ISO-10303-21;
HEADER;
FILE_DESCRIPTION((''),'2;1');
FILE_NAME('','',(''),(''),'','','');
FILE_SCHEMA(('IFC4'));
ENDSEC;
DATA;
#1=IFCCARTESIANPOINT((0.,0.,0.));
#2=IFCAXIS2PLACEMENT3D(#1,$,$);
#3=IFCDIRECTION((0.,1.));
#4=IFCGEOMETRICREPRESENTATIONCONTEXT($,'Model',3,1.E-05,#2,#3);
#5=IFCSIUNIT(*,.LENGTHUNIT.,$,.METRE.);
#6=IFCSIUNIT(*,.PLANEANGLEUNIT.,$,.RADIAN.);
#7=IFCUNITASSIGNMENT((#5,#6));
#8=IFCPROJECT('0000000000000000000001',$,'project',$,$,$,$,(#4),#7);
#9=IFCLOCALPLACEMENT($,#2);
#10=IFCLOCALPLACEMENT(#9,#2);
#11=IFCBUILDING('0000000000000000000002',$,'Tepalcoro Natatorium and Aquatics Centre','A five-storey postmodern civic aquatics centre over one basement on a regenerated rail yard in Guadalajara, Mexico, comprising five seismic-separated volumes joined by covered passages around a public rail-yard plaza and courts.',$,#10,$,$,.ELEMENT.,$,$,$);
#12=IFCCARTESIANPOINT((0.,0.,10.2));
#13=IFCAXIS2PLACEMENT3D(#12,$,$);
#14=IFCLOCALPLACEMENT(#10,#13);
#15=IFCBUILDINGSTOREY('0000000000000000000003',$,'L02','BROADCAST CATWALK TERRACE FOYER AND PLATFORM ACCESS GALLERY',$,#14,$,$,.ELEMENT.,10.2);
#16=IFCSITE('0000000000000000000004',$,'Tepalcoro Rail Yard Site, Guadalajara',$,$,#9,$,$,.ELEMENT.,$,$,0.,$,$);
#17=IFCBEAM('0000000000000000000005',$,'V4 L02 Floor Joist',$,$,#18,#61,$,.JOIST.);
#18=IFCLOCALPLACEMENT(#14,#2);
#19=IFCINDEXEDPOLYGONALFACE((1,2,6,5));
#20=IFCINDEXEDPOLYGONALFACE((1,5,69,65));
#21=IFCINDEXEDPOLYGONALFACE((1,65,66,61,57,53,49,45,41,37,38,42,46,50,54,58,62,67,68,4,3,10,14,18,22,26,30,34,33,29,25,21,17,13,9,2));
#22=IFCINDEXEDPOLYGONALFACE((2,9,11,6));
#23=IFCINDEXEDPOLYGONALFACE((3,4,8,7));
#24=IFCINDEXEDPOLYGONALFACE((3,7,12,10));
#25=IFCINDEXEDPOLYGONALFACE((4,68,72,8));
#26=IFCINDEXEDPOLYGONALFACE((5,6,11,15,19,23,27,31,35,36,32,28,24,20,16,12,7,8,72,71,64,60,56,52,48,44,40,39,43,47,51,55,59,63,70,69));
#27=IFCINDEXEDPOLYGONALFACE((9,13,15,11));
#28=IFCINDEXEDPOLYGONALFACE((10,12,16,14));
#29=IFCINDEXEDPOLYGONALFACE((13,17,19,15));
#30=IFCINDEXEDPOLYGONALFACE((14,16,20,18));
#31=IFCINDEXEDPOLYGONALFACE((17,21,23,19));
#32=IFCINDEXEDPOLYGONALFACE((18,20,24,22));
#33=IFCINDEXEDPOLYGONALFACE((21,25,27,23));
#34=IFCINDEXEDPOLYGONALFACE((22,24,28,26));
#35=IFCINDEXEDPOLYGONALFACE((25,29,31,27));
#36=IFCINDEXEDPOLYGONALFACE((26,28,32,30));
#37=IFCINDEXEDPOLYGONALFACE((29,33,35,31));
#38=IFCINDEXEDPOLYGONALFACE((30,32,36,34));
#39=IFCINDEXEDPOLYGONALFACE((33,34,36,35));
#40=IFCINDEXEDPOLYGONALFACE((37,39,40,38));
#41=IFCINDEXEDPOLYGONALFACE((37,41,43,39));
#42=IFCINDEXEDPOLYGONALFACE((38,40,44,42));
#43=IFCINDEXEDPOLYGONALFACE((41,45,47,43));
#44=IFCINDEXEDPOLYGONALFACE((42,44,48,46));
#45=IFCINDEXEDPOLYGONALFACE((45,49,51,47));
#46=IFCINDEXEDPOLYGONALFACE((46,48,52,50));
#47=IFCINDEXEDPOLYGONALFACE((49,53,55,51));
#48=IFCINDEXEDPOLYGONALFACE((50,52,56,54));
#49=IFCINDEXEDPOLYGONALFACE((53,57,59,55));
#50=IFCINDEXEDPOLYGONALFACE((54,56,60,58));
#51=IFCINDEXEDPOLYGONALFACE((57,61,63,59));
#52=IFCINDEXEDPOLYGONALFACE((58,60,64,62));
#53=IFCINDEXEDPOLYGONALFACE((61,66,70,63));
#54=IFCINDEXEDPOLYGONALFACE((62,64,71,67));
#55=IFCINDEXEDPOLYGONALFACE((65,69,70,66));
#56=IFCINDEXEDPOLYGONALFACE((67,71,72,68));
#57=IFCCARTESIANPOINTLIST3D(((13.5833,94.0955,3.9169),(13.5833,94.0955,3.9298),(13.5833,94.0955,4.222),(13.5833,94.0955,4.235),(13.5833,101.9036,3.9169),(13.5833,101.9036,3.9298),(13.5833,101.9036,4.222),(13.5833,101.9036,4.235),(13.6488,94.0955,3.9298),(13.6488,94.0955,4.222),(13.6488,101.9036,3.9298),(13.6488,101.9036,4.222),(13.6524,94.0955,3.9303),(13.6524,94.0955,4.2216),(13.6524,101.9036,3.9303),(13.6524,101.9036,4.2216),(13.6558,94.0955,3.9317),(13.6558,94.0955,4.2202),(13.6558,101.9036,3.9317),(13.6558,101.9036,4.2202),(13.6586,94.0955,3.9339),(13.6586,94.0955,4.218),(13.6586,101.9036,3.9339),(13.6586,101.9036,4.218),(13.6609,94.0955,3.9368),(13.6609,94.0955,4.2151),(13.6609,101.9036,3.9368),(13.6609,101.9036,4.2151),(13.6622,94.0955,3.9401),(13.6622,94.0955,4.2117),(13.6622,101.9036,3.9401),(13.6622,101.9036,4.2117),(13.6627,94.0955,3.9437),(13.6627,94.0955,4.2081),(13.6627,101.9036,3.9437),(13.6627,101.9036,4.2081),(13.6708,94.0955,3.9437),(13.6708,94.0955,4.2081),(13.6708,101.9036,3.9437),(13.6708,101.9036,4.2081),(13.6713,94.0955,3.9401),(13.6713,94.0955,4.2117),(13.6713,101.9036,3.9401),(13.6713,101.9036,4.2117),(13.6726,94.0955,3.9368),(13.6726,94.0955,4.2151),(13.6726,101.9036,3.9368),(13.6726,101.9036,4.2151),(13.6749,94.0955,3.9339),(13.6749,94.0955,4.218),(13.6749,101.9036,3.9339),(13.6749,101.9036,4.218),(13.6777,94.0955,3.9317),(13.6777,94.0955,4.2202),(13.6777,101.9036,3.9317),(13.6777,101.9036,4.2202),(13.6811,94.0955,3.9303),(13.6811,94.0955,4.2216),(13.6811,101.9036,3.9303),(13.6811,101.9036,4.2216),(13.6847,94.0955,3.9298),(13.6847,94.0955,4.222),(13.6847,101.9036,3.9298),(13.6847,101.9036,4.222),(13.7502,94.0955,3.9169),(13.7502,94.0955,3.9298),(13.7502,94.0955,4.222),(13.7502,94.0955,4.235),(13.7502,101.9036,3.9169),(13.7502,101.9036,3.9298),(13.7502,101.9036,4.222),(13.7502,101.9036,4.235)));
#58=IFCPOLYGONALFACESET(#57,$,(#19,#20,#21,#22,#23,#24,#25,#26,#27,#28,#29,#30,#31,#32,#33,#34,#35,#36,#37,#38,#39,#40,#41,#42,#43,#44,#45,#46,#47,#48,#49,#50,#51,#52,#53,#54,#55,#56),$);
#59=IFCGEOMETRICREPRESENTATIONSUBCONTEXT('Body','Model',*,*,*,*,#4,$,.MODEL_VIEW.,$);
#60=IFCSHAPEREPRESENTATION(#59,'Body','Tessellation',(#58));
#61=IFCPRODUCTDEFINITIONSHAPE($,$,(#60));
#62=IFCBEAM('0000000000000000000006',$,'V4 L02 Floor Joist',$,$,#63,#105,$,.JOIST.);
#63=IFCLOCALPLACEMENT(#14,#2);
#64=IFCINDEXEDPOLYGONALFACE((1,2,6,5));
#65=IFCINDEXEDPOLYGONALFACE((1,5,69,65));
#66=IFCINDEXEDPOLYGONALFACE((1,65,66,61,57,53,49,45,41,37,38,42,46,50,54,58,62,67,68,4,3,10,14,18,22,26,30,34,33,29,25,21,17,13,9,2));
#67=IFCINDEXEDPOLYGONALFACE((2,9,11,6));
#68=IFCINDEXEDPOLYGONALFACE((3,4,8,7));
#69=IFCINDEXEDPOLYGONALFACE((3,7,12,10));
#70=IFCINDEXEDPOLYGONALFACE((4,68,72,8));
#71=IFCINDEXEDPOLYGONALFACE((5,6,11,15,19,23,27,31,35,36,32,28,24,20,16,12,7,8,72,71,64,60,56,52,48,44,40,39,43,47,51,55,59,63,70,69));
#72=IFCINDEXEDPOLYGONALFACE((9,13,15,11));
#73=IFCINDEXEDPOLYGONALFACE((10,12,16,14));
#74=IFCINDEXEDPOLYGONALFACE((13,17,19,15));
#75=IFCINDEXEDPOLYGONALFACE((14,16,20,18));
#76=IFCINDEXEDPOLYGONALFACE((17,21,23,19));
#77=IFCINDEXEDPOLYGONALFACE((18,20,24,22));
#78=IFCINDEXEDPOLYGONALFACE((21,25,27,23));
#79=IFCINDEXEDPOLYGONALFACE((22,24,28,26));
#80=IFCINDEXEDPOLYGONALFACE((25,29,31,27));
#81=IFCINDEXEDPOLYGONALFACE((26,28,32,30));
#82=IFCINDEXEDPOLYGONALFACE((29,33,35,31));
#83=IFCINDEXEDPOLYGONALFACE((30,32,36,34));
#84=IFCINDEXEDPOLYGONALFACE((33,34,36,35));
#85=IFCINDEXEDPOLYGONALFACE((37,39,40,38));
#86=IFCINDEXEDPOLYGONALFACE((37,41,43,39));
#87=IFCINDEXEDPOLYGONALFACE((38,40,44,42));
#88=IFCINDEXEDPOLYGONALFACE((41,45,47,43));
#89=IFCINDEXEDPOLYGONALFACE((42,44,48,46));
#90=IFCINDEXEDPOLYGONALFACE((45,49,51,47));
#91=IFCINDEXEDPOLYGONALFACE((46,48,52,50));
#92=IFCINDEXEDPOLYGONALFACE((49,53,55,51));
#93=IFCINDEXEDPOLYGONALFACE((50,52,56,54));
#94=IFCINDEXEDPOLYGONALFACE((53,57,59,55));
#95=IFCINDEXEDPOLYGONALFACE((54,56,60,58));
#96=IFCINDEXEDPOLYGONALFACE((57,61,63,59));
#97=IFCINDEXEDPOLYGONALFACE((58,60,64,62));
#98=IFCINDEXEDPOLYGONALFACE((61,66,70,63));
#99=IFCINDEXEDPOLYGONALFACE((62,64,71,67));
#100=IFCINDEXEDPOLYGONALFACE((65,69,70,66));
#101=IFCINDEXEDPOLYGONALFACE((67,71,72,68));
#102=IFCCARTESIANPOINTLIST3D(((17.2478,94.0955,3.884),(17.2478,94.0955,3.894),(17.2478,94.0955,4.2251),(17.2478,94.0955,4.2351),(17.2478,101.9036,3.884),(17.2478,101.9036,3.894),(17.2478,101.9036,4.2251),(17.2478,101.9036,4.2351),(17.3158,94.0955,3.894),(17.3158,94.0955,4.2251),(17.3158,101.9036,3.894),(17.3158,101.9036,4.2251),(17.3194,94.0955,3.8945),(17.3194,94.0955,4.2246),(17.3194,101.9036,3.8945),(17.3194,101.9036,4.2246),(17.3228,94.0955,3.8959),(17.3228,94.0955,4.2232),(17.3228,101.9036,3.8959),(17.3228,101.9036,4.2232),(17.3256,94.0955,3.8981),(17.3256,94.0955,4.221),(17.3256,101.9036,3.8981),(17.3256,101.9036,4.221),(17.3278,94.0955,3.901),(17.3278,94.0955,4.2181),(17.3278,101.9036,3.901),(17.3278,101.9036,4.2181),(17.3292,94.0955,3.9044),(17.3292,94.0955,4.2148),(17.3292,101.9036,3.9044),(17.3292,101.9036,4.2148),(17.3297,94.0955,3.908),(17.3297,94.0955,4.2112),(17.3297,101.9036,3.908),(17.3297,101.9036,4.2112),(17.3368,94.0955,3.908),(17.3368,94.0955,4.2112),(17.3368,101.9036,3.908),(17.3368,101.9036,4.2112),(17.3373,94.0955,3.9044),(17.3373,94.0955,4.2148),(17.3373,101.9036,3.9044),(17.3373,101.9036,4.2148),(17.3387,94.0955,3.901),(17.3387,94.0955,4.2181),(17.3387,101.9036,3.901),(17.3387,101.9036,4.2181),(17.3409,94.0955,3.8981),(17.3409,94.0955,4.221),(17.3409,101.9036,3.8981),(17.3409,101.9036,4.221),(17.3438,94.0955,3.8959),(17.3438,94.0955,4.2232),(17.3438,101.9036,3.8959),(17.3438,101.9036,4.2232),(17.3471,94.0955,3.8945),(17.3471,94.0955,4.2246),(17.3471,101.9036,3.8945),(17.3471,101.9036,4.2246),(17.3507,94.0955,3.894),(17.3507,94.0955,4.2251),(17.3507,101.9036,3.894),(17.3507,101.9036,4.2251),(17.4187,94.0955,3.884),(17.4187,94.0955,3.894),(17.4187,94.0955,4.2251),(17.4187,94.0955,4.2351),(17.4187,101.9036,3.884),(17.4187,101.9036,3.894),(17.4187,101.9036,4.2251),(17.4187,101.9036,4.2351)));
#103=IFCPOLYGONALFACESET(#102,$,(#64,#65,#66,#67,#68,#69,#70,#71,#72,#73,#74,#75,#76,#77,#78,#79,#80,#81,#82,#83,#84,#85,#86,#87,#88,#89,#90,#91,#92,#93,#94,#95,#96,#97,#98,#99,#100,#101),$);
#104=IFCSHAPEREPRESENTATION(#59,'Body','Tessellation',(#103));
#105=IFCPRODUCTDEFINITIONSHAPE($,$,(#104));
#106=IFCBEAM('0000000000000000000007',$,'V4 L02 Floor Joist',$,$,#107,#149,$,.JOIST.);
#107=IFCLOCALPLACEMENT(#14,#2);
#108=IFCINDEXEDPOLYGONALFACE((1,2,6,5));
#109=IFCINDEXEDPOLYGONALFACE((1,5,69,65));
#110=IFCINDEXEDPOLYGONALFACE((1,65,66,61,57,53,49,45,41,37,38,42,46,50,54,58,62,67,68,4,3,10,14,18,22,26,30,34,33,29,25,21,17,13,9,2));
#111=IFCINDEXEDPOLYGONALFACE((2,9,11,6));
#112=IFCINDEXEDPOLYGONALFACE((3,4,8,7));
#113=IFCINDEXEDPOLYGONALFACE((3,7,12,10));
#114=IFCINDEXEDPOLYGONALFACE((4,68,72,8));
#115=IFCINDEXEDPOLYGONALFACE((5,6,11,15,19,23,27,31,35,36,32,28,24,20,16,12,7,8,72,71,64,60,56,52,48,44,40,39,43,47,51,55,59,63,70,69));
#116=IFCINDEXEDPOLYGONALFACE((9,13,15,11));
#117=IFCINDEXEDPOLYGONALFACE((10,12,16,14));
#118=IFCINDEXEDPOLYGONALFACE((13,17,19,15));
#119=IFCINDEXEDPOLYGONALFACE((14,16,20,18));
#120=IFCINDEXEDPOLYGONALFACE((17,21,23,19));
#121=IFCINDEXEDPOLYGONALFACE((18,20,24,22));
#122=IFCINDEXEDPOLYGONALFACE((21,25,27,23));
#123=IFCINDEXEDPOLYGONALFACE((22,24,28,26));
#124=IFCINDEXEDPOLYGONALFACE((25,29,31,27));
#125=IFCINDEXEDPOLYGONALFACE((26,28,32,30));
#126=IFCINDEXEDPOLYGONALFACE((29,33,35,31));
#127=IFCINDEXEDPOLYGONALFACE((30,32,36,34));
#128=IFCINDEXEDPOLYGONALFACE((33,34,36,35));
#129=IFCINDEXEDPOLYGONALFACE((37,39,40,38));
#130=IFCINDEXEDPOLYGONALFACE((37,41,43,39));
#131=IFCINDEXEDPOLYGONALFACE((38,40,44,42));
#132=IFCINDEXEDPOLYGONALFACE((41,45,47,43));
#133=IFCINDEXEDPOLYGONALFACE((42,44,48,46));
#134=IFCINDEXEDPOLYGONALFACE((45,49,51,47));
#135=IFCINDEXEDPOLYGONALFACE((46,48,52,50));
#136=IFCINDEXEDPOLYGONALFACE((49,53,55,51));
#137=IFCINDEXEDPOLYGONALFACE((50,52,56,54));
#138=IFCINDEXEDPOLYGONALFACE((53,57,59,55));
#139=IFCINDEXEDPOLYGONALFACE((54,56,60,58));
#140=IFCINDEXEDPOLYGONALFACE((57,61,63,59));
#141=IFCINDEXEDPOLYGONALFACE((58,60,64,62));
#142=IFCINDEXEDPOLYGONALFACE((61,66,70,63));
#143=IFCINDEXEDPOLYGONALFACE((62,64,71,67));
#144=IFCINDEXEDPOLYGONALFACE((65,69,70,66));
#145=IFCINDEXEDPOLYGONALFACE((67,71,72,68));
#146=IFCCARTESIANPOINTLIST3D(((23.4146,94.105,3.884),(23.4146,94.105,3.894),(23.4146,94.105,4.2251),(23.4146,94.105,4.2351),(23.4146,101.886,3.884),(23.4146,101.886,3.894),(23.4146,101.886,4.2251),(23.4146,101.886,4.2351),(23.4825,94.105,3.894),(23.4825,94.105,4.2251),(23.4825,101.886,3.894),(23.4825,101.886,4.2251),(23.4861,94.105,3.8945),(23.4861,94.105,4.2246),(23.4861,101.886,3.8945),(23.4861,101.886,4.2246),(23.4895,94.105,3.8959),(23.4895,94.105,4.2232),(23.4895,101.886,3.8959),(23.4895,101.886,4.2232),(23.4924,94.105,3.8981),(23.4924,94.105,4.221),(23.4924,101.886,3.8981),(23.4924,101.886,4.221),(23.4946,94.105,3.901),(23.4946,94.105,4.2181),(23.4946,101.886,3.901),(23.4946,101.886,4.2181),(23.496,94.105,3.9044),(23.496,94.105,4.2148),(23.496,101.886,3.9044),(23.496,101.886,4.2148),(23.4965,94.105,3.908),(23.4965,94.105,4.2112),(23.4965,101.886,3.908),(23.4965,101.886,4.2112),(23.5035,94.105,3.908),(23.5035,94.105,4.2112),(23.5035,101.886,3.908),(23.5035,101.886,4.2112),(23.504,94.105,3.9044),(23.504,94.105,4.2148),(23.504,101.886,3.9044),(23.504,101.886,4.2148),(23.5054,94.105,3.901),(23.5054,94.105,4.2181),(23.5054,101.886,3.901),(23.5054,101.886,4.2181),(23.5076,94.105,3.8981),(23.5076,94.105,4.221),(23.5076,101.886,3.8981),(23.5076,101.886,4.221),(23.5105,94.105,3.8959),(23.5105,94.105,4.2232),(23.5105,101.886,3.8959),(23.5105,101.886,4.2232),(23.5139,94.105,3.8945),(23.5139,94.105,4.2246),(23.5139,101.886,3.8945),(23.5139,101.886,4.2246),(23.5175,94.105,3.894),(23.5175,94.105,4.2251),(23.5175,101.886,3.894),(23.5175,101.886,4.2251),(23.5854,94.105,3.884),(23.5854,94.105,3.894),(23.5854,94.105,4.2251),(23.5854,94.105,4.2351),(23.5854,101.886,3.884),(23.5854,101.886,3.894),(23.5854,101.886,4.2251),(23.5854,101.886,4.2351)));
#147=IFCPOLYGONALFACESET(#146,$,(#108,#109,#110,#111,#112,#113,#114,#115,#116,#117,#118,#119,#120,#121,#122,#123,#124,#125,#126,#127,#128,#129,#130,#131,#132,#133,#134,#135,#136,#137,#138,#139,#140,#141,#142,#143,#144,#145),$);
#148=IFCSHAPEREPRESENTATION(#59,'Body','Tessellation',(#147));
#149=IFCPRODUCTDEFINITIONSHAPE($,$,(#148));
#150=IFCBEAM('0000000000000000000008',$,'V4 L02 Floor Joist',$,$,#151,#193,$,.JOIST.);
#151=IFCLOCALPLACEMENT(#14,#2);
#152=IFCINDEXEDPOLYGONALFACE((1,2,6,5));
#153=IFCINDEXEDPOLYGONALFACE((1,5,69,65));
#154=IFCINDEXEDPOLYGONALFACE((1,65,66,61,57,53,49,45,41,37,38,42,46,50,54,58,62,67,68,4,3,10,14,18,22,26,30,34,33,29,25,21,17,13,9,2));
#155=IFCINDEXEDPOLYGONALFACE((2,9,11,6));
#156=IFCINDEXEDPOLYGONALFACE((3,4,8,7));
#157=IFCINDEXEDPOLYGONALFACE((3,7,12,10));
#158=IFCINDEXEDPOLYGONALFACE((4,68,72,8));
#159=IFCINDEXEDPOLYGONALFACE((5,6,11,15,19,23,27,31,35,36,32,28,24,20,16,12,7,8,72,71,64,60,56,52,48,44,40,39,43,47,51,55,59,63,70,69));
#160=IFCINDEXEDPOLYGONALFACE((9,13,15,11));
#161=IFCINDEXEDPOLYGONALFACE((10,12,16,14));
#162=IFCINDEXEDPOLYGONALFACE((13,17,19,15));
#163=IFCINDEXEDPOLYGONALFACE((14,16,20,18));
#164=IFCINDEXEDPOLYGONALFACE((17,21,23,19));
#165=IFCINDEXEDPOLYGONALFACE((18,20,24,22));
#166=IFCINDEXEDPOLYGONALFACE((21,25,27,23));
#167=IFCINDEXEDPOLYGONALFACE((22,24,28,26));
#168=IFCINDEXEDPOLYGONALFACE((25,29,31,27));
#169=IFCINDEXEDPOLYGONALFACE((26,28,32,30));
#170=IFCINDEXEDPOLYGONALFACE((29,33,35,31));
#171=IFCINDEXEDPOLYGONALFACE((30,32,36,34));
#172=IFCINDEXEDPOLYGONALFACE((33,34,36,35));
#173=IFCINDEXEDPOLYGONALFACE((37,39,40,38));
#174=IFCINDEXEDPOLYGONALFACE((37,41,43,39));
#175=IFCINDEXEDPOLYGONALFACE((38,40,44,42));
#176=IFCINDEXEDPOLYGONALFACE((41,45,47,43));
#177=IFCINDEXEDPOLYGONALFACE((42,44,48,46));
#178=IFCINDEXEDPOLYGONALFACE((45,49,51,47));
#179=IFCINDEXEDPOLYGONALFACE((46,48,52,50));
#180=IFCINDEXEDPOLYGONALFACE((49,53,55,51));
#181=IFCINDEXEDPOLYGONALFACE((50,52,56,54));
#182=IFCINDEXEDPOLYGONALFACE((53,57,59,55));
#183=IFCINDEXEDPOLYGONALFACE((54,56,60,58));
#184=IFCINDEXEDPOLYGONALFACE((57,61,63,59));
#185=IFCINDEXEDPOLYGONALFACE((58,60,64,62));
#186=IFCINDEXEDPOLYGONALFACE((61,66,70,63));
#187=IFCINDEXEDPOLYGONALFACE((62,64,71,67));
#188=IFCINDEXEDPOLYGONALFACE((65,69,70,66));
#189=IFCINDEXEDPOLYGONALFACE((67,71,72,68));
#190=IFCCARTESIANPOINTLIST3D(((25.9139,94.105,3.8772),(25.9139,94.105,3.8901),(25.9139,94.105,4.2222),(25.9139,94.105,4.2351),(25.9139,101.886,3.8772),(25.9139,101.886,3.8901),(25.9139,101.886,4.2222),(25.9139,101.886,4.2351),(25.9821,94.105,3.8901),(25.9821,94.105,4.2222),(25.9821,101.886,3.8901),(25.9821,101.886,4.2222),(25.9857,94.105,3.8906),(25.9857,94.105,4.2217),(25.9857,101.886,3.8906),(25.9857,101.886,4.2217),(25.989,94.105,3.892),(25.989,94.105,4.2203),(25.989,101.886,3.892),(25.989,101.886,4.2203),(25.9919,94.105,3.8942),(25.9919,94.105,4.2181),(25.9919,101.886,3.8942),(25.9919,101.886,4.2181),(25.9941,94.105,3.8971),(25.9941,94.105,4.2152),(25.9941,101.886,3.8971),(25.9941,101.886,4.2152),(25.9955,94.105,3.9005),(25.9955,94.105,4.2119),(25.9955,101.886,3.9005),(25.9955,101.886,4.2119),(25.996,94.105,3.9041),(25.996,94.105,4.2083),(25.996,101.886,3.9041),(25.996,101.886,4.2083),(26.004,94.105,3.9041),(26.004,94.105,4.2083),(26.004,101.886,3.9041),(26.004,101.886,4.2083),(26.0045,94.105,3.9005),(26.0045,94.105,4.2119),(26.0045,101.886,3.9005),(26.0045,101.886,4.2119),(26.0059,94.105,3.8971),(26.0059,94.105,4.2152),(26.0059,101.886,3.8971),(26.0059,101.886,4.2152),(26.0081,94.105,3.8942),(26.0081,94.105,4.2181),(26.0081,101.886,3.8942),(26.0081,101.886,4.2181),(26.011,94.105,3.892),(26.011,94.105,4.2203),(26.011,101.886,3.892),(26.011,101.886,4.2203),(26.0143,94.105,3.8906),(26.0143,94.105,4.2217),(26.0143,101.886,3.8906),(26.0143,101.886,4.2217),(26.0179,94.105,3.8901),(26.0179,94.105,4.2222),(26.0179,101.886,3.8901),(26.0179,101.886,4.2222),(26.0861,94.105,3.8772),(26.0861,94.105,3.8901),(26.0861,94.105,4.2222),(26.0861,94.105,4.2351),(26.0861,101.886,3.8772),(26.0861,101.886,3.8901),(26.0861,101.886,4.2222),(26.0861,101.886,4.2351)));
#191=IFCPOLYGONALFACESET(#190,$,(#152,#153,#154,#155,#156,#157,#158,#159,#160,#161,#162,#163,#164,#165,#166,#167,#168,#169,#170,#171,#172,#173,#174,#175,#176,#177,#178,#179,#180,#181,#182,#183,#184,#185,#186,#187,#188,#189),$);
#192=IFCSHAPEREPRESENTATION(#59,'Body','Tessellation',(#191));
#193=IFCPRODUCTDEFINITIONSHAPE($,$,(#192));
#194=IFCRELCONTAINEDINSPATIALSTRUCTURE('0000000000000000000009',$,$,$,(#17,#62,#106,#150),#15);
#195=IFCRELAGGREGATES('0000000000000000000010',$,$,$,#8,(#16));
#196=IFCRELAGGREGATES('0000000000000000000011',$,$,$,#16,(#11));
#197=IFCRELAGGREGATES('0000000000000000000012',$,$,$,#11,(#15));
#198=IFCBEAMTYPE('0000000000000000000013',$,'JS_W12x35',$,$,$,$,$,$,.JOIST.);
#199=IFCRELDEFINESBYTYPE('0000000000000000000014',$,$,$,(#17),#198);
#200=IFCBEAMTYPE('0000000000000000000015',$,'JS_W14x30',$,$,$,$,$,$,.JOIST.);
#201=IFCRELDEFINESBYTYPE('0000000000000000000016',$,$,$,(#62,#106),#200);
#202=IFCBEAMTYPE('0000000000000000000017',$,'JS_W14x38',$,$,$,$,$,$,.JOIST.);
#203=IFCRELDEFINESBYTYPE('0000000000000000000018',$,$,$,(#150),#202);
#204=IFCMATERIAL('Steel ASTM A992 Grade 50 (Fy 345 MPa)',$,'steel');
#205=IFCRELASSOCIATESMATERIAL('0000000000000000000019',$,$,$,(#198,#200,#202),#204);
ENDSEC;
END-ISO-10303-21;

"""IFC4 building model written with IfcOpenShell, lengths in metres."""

from ifc_helpers import new_model, si_unit, direction, frame, origin, origin_2d, place, context, subcontext, project, spatial, i_section, extrude, material, material_profile, profile_set, type_object, element, save


model = new_model("IFC4")

# Units and contexts
model_context = context("Model", 3, precision=1e-05, world=origin(), true_north=direction((0.0, 1.0)))
body_context = subcontext(model_context, "Body", "Model", "MODEL_VIEW")
ifc_project = project(units=[si_unit("LENGTHUNIT", "METRE"), si_unit("PLANEANGLEUNIT", "RADIAN")], contexts=[model_context])

# Site, building, storey
site_placement = place(None, origin())
site = spatial("IfcSite", under=ifc_project, at=site_placement, Name="Tepalcoro Rail Yard Site, Guadalajara", CompositionType="ELEMENT", RefElevation=0.0)
building_placement = place(site_placement, origin())
building = spatial("IfcBuilding", under=site, at=building_placement, Name="Tepalcoro Natatorium and Aquatics Centre", Description="A five-storey postmodern civic aquatics centre over one basement on a regenerated rail yard in Guadalajara, Mexico, comprising five seismic-separated volumes joined by covered passages around a public rail-yard plaza and courts.", CompositionType="ELEMENT")
storey_placement = place(building_placement, frame((0.0, 0.0, 10.2)))
storey = spatial("IfcBuildingStorey", under=building, at=storey_placement, Name="L02", Description="BROADCAST CATWALK TERRACE FOYER AND PLATFORM ACCESS GALLERY", CompositionType="ELEMENT", Elevation=10.2)

# Shared definitions
ifc_material_1 = material(Name="Steel ASTM A992 Grade 50 (Fy 345 MPa)", Category="steel")

# Beams
ifc_material_profile_1 = material_profile(ifc_material_1, i_section(OverallWidth=0.167, OverallDepth=0.3181, WebThickness=0.0081, FlangeThickness=0.0129, FilletRadius=0.0139, at=origin_2d()), Name="W12X35")
ifc_profile_set_1 = profile_set([ifc_material_profile_1], Name="Steel ASTM A992 Grade 50 (Fy 345 MPa)")
beam_type_1 = type_object("IfcBeamType", Name="JS_W12x35", PredefinedType="JOIST", material=ifc_profile_set_1)
beam_1_placement = place(storey_placement, frame((13.6667, 94.0955, 4.0759), z_axis=(0.0, 1.0, 0.0), x_axis=(-1.0, 0.0, 0.0)))
element("IfcBeam", 1, at=beam_1_placement, inside=storey, type_object=beam_type_1, Name="V4 L02 Floor Joist", PredefinedType="JOIST", context=body_context, shape_type="SweptSolid", body=[
    extrude(i_section(OverallWidth=0.167, OverallDepth=0.3181, WebThickness=0.0081, FlangeThickness=0.0129, FilletRadius=0.0139, at=origin_2d()), origin(), (0.0, 0.0, 1.0), 7.8081),
])
ifc_material_profile_2 = material_profile(ifc_material_1, i_section(OverallWidth=0.1709, OverallDepth=0.3511, WebThickness=0.0071, FlangeThickness=0.01, FilletRadius=0.0139, at=origin_2d()), Name="W14X30")
ifc_profile_set_2 = profile_set([ifc_material_profile_2], Name="Steel ASTM A992 Grade 50 (Fy 345 MPa)")
beam_type_2 = type_object("IfcBeamType", Name="JS_W14x30", PredefinedType="JOIST", material=ifc_profile_set_2)
beam_2_placement = place(storey_placement, frame((17.3333, 94.0955, 4.0596), z_axis=(0.0, 1.0, 0.0), x_axis=(-1.0, 0.0, 0.0)))
element("IfcBeam", 2, at=beam_2_placement, inside=storey, type_object=beam_type_2, Name="V4 L02 Floor Joist", PredefinedType="JOIST", context=body_context, shape_type="SweptSolid", body=[
    extrude(i_section(OverallWidth=0.1709, OverallDepth=0.3511, WebThickness=0.0071, FlangeThickness=0.01, FilletRadius=0.0139, at=origin_2d()), origin(), (0.0, 0.0, 1.0), 7.8081),
])
beam_3_placement = place(storey_placement, frame((23.5, 94.105, 4.0596), z_axis=(0.0, 1.0, 0.0), x_axis=(-1.0, 0.0, 0.0)))
element("IfcBeam", 3, at=beam_3_placement, inside=storey, type_object=beam_type_2, Name="V4 L02 Floor Joist", PredefinedType="JOIST", context=body_context, shape_type="SweptSolid", body=[
    extrude(i_section(OverallWidth=0.1709, OverallDepth=0.3511, WebThickness=0.0071, FlangeThickness=0.01, FilletRadius=0.0139, at=origin_2d()), origin(), (0.0, 0.0, 1.0), 7.781),
])
ifc_material_profile_3 = material_profile(ifc_material_1, i_section(OverallWidth=0.1721, OverallDepth=0.3579, WebThickness=0.0081, FlangeThickness=0.0129, FilletRadius=0.0139, at=origin_2d()), Name="W14X38")
ifc_profile_set_3 = profile_set([ifc_material_profile_3], Name="Steel ASTM A992 Grade 50 (Fy 345 MPa)")
beam_type_3 = type_object("IfcBeamType", Name="JS_W14x38", PredefinedType="JOIST", material=ifc_profile_set_3)
beam_4_placement = place(storey_placement, frame((26.0, 94.105, 4.0562), z_axis=(0.0, 1.0, 0.0), x_axis=(-1.0, 0.0, 0.0)))
element("IfcBeam", 4, at=beam_4_placement, inside=storey, type_object=beam_type_3, Name="V4 L02 Floor Joist", PredefinedType="JOIST", context=body_context, shape_type="SweptSolid", body=[
    extrude(i_section(OverallWidth=0.1721, OverallDepth=0.3579, WebThickness=0.0081, FlangeThickness=0.0129, FilletRadius=0.0139, at=origin_2d()), origin(), (0.0, 0.0, 1.0), 7.781),
])

save(model, "model.ifc")
